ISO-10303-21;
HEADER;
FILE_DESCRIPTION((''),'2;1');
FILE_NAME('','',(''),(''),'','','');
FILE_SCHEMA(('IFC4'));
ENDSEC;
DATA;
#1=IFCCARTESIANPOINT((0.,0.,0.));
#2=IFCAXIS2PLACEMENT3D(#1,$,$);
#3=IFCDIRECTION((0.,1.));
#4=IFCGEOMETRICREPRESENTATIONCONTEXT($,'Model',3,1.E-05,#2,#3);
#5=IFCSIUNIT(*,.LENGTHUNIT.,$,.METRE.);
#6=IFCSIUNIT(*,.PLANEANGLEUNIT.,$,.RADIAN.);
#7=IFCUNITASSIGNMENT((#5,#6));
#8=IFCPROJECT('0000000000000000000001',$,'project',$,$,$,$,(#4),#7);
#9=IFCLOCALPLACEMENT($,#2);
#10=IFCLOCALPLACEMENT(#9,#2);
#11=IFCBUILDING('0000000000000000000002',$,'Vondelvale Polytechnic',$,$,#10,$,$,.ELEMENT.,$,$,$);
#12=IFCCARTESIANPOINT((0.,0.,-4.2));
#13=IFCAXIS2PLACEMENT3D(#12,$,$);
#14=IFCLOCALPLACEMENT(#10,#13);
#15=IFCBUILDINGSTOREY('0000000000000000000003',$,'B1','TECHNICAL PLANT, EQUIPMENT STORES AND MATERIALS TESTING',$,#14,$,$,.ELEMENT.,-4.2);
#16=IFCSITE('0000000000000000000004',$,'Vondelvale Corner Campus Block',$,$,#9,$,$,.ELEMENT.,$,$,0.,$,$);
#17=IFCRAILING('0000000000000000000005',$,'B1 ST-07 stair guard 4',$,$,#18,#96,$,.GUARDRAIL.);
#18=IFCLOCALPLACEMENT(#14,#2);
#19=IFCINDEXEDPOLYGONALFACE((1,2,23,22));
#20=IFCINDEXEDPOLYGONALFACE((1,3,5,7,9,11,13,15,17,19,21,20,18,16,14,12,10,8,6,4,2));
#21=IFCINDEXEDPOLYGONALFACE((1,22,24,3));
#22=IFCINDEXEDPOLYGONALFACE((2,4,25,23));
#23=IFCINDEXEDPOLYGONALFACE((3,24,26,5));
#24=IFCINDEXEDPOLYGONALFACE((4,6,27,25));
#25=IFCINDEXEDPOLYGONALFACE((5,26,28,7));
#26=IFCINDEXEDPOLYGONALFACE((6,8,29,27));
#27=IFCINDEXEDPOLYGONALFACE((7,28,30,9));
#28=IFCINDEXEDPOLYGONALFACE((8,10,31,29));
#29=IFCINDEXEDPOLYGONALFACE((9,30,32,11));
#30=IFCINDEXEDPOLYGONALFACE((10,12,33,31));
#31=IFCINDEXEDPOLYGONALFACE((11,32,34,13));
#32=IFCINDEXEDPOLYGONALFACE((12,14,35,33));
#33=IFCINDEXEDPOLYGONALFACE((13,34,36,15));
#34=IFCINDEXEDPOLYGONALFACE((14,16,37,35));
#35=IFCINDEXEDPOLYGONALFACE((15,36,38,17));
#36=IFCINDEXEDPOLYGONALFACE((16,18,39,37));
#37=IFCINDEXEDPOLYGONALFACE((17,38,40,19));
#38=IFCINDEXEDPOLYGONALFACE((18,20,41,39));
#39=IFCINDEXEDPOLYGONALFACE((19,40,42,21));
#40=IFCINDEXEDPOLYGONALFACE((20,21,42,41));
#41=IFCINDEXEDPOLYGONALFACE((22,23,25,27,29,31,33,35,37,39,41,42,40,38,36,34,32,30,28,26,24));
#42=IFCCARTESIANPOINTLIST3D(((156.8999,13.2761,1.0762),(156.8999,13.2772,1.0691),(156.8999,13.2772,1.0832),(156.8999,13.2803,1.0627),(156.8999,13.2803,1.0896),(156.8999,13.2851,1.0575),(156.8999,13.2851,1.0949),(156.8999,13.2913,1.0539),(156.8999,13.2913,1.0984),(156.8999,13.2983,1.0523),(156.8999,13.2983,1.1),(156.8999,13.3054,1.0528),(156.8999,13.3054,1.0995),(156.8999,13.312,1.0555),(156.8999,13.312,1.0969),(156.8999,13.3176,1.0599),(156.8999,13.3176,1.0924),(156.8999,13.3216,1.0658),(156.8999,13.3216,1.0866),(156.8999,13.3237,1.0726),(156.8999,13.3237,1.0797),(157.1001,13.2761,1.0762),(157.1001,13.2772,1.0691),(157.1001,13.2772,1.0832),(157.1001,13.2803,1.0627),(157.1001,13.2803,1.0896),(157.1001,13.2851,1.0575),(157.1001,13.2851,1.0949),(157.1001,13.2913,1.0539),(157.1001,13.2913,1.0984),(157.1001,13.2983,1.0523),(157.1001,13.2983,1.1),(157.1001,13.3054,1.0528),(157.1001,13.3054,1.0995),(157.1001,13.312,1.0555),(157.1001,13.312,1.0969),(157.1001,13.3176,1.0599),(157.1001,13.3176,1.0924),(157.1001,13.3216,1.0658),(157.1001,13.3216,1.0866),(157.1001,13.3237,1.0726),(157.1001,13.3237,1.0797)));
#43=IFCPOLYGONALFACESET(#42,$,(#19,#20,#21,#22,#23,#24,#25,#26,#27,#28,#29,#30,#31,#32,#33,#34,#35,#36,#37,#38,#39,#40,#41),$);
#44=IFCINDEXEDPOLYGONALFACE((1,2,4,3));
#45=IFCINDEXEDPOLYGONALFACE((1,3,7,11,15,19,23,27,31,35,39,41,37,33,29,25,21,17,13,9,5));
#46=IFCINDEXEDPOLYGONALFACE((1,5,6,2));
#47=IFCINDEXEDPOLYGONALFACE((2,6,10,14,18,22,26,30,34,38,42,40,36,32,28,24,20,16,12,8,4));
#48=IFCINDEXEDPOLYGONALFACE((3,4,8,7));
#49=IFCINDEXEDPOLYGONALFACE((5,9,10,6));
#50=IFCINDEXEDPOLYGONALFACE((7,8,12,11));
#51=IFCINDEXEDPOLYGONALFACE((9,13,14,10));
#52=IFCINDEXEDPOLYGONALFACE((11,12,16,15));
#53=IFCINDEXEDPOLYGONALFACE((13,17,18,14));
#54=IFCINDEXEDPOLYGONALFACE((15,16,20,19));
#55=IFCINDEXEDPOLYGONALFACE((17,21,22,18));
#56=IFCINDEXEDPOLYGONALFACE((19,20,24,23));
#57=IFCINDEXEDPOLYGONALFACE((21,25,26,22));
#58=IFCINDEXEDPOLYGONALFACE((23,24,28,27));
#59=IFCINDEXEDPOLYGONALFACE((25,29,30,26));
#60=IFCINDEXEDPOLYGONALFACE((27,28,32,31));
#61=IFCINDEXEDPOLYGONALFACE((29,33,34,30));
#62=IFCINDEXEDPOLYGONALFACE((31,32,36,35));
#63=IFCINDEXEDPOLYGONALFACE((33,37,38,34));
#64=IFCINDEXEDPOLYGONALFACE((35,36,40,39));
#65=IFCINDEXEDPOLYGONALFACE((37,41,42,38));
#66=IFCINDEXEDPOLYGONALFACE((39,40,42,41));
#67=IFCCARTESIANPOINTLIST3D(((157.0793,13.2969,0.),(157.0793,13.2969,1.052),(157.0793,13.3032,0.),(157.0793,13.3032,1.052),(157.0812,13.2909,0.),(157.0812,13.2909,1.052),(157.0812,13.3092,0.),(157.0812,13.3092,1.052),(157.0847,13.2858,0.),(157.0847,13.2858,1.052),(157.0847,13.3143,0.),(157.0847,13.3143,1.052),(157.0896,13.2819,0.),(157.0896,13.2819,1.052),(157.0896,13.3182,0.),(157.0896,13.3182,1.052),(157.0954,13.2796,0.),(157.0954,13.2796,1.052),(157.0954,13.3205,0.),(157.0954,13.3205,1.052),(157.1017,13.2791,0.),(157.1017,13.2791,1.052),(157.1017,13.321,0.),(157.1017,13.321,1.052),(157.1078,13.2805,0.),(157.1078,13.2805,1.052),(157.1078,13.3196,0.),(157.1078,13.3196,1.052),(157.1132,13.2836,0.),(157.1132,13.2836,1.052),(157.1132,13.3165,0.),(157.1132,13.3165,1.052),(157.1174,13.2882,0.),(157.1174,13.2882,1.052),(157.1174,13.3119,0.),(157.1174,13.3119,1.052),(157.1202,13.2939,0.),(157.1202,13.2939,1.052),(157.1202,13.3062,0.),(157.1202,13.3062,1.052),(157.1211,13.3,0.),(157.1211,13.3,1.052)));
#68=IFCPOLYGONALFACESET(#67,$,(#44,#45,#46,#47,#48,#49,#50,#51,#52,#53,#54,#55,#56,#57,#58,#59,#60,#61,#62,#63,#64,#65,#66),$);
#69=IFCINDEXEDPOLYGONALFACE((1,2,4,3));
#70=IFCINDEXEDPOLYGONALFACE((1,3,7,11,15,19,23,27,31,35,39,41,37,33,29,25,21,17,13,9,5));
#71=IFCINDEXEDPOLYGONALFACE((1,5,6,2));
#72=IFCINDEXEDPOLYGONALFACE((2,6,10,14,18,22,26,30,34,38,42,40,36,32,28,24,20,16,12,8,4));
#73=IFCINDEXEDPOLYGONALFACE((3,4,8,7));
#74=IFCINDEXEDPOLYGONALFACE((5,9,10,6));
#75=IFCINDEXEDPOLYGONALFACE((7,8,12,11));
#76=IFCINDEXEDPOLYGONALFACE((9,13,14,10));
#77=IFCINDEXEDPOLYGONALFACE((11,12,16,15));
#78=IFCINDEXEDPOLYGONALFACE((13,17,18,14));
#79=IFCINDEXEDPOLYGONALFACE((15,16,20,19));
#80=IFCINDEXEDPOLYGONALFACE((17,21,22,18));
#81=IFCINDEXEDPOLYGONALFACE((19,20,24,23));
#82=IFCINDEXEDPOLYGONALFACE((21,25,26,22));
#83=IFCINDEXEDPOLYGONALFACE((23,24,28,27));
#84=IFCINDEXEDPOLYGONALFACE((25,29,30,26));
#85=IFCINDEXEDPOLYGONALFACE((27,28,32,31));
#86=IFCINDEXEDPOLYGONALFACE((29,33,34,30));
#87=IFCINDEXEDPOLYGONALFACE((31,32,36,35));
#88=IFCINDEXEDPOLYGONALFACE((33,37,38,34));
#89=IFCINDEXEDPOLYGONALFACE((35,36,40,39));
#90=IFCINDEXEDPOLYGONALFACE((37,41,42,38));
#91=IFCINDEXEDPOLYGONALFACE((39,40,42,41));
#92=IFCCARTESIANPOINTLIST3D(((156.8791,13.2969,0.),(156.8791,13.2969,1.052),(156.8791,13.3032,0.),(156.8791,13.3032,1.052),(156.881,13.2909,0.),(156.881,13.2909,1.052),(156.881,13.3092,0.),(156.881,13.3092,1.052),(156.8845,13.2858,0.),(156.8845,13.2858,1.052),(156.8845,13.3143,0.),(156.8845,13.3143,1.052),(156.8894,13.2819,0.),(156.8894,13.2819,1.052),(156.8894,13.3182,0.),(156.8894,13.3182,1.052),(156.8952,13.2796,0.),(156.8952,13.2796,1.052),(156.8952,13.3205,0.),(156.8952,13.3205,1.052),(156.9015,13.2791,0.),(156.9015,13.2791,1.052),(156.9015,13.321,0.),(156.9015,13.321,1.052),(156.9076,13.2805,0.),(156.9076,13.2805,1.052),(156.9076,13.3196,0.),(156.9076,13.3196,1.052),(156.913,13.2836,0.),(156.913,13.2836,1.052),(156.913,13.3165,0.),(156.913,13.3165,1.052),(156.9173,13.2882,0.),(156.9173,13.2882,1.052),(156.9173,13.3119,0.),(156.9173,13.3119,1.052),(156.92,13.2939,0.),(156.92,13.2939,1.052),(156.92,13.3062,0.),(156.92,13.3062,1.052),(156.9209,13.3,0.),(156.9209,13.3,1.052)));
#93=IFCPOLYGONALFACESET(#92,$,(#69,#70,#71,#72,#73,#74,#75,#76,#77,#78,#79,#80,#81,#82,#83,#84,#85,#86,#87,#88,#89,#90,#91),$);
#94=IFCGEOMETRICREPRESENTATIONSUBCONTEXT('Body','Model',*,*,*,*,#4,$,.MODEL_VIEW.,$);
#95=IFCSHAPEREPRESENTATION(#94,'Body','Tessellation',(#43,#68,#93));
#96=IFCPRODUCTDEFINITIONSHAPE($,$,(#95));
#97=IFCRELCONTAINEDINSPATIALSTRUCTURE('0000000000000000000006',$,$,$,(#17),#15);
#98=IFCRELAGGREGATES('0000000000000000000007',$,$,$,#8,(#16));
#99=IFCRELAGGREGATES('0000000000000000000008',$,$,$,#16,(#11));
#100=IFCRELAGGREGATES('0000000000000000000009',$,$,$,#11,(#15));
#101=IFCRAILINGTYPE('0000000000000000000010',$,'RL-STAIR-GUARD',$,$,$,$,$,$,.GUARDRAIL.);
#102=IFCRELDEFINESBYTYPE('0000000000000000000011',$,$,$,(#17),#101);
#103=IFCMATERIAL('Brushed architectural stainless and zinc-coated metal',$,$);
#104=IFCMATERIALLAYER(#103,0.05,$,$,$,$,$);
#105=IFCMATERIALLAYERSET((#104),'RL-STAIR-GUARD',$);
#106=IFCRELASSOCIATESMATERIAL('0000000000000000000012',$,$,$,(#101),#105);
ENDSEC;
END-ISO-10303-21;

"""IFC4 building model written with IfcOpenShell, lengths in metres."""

from ifc_helpers import new_model, si_unit, direction, frame, origin, origin_2d, place, context, subcontext, project, spatial, circle, extrude, material, layer, layer_set, type_object, element, save


model = new_model("IFC4")

# Units and contexts
model_context = context("Model", 3, precision=1e-05, world=origin(), true_north=direction((0.0, 1.0)))
body_context = subcontext(model_context, "Body", "Model", "MODEL_VIEW")
ifc_project = project(units=[si_unit("LENGTHUNIT", "METRE"), si_unit("PLANEANGLEUNIT", "RADIAN")], contexts=[model_context])

# Site, building, storey
site_placement = place(None, origin())
site = spatial("IfcSite", under=ifc_project, at=site_placement, Name="Vondelvale Corner Campus Block", CompositionType="ELEMENT", RefElevation=0.0)
building_placement = place(site_placement, origin())
building = spatial("IfcBuilding", under=site, at=building_placement, Name="Vondelvale Polytechnic", CompositionType="ELEMENT")
storey_placement = place(building_placement, frame((0.0, 0.0, -4.2)))
storey = spatial("IfcBuildingStorey", under=building, at=storey_placement, Name="B1", Description="TECHNICAL PLANT, EQUIPMENT STORES AND MATERIALS TESTING", CompositionType="ELEMENT", Elevation=-4.2)

# Shared definitions
ifc_material_1 = material(Name="Brushed architectural stainless and zinc-coated metal")

# Railing
ifc_layer_1 = layer(ifc_material_1, 0.05)
ifc_layer_set_1 = layer_set([ifc_layer_1], Name="RL-STAIR-GUARD")
railing_type_1 = type_object("IfcRailingType", Name="RL-STAIR-GUARD", PredefinedType="GUARDRAIL", material=ifc_layer_set_1)
railing_1_placement = place(storey_placement, frame((157.1001, 13.3, 0.0)))
element("IfcRailing", 1, at=railing_1_placement, inside=storey, type_object=railing_type_1, Name="B1 ST-07 stair guard 4", PredefinedType="GUARDRAIL", context=body_context, shape_type="SweptSolid", body=[
    extrude(circle(Radius=0.0239, at=origin_2d()), frame((0.0, 0.0, 1.0762), z_axis=(-1.0, 0.0, 0.0), x_axis=(0.0, -1.0, 0.0)), (0.0, 0.0, 1.0), 0.2002),
    extrude(circle(Radius=0.021, at=origin_2d()), origin(), (0.0, 0.0, 1.0), 1.052),
    extrude(circle(Radius=0.021, at=origin_2d()), frame((-0.2002, 0.0, 0.0)), (0.0, 0.0, 1.0), 1.052),
])

save(model, "model.ifc")
